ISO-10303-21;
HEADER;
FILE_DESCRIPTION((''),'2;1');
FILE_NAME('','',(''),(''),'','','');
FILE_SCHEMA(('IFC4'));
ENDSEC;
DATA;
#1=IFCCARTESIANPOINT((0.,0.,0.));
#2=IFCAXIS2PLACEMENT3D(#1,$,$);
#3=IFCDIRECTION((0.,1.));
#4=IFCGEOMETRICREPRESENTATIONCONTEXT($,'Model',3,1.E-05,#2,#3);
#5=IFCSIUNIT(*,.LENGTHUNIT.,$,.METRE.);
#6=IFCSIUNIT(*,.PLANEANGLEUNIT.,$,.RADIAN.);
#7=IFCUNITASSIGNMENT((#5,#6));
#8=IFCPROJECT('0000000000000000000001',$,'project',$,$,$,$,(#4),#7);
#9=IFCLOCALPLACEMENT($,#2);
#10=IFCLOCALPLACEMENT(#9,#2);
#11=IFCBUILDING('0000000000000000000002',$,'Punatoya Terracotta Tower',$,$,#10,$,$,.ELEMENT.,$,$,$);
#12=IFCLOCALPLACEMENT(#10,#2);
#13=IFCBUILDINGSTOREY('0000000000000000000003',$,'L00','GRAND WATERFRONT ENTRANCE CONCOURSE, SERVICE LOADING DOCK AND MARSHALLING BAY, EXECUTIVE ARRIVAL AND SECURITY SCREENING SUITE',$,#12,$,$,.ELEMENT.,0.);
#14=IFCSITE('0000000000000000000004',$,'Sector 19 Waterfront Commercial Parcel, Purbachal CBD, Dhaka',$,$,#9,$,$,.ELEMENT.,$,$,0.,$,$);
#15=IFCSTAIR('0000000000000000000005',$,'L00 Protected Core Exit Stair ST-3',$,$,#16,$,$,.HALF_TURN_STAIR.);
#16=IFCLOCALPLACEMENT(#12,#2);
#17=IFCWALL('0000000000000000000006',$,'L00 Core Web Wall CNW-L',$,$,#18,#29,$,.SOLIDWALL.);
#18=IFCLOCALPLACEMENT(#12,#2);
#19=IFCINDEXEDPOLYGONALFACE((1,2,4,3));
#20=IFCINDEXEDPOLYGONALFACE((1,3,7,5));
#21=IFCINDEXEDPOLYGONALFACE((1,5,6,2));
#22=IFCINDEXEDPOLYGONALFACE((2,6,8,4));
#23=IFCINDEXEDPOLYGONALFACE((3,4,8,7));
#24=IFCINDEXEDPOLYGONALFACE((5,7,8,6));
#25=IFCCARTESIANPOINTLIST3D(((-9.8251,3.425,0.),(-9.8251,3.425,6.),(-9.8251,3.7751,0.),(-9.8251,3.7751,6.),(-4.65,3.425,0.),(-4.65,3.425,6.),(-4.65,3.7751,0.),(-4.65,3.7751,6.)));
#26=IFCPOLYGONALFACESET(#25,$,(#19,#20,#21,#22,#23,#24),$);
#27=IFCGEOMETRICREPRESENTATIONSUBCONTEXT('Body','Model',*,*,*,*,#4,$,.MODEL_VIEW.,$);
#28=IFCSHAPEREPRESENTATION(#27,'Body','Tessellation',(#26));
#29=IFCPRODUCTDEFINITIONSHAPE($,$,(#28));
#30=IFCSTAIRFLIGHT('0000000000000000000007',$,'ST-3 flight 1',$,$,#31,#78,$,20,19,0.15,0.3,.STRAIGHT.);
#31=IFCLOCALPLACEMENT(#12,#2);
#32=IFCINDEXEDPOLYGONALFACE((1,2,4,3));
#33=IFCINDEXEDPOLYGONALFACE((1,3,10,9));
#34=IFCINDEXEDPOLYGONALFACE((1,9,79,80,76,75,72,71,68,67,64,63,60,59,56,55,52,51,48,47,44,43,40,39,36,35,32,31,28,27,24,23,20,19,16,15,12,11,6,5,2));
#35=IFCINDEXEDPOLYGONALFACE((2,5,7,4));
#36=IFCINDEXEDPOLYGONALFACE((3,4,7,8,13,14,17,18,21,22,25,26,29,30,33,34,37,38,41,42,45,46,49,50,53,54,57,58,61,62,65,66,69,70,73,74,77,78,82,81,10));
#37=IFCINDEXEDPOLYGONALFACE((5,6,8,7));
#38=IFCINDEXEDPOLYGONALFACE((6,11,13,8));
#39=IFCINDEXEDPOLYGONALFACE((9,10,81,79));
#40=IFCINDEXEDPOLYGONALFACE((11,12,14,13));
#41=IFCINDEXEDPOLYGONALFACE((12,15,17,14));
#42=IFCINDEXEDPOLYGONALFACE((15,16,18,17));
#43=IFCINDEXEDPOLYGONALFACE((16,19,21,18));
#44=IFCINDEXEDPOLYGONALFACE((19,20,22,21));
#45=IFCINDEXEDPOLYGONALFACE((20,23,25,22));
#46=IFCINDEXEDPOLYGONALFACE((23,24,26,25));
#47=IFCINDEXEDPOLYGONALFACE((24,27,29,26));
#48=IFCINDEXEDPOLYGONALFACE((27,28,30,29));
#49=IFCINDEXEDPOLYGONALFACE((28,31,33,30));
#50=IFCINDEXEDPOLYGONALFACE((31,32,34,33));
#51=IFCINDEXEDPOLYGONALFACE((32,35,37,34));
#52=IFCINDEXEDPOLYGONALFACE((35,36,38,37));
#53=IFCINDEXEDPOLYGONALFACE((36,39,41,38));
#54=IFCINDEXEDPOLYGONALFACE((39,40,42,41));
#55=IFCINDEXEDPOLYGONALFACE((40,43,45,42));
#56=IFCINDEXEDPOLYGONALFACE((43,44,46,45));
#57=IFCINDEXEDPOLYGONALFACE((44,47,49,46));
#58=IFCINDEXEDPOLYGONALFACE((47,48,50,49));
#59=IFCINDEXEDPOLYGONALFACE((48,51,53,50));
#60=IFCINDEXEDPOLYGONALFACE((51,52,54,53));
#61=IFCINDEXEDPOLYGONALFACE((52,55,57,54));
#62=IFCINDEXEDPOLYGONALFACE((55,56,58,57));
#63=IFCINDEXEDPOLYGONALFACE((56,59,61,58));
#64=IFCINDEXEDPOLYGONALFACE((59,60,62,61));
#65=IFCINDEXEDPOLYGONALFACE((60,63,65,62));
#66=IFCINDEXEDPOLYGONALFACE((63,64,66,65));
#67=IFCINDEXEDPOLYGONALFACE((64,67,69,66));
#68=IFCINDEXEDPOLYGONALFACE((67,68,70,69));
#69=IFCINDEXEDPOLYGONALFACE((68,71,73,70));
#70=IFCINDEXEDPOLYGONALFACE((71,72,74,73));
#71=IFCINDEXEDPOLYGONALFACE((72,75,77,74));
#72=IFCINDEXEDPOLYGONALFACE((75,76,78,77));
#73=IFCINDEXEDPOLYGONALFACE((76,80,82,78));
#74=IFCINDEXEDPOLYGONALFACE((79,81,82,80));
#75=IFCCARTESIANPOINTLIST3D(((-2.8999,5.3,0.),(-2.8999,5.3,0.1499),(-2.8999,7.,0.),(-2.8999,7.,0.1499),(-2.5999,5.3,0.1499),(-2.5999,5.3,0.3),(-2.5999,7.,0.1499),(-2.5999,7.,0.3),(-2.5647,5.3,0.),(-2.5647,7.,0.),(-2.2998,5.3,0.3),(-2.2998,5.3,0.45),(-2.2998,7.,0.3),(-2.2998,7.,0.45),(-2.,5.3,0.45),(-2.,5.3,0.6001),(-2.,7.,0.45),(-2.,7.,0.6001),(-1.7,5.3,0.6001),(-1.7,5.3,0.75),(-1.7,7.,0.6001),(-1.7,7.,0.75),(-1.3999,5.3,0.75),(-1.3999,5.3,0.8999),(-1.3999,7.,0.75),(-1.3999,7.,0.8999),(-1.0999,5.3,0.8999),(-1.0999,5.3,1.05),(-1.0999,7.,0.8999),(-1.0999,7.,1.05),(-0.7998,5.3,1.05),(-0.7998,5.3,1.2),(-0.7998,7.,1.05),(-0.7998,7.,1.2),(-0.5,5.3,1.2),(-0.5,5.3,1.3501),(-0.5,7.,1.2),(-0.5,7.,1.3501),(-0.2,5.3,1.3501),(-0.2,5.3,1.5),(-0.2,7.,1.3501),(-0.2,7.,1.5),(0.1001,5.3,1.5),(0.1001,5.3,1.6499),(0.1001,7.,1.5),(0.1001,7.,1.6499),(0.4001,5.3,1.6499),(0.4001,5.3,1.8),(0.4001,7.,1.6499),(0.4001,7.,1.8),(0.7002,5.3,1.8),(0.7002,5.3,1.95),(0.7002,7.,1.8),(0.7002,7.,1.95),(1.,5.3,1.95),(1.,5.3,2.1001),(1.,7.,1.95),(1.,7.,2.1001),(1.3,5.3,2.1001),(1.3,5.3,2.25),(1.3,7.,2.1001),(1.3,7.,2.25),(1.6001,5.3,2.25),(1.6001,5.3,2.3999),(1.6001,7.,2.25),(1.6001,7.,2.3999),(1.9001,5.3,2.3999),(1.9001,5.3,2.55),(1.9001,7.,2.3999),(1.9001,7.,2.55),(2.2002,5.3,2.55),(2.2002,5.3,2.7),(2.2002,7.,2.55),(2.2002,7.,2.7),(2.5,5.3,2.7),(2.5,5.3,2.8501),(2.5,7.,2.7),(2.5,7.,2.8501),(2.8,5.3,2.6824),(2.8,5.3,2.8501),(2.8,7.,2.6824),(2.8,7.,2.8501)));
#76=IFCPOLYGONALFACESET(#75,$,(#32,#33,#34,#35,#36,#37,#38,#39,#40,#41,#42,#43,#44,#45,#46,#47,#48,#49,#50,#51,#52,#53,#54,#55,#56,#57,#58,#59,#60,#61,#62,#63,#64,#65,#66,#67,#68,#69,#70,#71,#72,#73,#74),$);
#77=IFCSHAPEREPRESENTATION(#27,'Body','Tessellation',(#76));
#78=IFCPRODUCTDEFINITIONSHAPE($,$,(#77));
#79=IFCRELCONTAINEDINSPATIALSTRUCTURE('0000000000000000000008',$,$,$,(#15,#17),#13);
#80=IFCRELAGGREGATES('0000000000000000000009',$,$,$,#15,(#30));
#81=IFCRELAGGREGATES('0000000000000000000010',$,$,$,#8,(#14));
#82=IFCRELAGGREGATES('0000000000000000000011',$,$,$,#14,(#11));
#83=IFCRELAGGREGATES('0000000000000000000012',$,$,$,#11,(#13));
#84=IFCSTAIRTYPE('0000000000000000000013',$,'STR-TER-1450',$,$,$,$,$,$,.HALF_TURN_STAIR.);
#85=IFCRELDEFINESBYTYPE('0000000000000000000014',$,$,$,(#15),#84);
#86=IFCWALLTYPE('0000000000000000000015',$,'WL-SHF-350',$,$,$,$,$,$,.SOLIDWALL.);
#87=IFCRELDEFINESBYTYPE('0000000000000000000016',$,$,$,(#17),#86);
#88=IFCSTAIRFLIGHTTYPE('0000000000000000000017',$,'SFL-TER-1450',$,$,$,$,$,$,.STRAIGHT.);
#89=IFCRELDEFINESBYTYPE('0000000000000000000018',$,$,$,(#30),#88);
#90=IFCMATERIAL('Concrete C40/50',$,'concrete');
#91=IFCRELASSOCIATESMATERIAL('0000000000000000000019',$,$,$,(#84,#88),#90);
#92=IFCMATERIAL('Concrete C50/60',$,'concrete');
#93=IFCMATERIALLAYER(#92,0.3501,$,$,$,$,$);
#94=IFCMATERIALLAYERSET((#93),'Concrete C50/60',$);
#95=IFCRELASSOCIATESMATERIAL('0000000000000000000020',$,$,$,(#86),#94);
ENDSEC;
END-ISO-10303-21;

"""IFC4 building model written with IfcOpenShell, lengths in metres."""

from ifc_helpers import new_model, si_unit, direction, frame, frame_2d, origin, place, context, subcontext, project, spatial, polyline, rectangle, outline, extrude, material, layer, layer_set, type_object, element, aggregate, save


model = new_model("IFC4")

# Units and contexts
model_context = context("Model", 3, precision=1e-05, world=origin(), true_north=direction((0.0, 1.0)))
body_context = subcontext(model_context, "Body", "Model", "MODEL_VIEW")
ifc_project = project(units=[si_unit("LENGTHUNIT", "METRE"), si_unit("PLANEANGLEUNIT", "RADIAN")], contexts=[model_context])

# Site, building, storey
site_placement = place(None, origin())
site = spatial("IfcSite", under=ifc_project, at=site_placement, Name="Sector 19 Waterfront Commercial Parcel, Purbachal CBD, Dhaka", CompositionType="ELEMENT", RefElevation=0.0)
building_placement = place(site_placement, origin())
building = spatial("IfcBuilding", under=site, at=building_placement, Name="Punatoya Terracotta Tower", CompositionType="ELEMENT")
storey_placement = place(building_placement, origin())
storey = spatial("IfcBuildingStorey", under=building, at=storey_placement, Name="L00", Description="GRAND WATERFRONT ENTRANCE CONCOURSE, SERVICE LOADING DOCK AND MARSHALLING BAY, EXECUTIVE ARRIVAL AND SECURITY SCREENING SUITE", CompositionType="ELEMENT", Elevation=0.0)

# Shared definitions
ifc_material_1 = material(Name="Concrete C50/60", Category="concrete")

# Stair
ifc_material_2 = material(Name="Concrete C40/50", Category="concrete")
stair_type_1 = type_object("IfcStairType", Name="STR-TER-1450", PredefinedType="HALF_TURN_STAIR", material=ifc_material_2)
stair_1_placement = place(storey_placement, origin())
stair_1 = element("IfcStair", 1, at=stair_1_placement, inside=storey, type_object=stair_type_1, Name="L00 Protected Core Exit Stair ST-3", PredefinedType="HALF_TURN_STAIR")

# Wall
ifc_layer_1 = layer(ifc_material_1, 0.3501)
ifc_layer_set_1 = layer_set([ifc_layer_1], Name="Concrete C50/60")
wall_type_1 = type_object("IfcWallType", Name="WL-SHF-350", PredefinedType="SOLIDWALL", material=ifc_layer_set_1)
wall_1_placement = place(storey_placement, frame((-9.825, 3.6001, 0.0), z_axis=(0.0, 0.0, 1.0), x_axis=(1.0, 0.0, 0.0)))
element("IfcWall", 2, at=wall_1_placement, inside=storey, type_object=wall_type_1, Name="L00 Core Web Wall CNW-L", PredefinedType="SOLIDWALL", context=body_context, shape_type="SweptSolid", body=[
    extrude(rectangle(XDim=5.175, YDim=0.3501, at=frame_2d((2.5874, 0.0))), origin(), (0.0, 0.0, 1.0), 6.0),
])

# Stair flight
stair_flight_type = type_object("IfcStairFlightType", Name="SFL-TER-1450", PredefinedType="STRAIGHT", material=ifc_material_2)
stair_flight_placement = place(storey_placement, frame((-2.8999, 6.1499, 0.0), z_axis=(0.0, 0.0, 1.0), x_axis=(1.0, 0.0, 0.0)))
stair_flight = element("IfcStairFlight", 3, at=stair_flight_placement, type_object=stair_flight_type, Name="ST-3 flight 1", NumberOfRisers=20, NumberOfTreads=19, PredefinedType="STRAIGHT", RiserHeight=0.15, TreadLength=0.3, context=body_context, shape_type="SweptSolid", body=[
    extrude(outline(polyline([(0.0, 0.0), (0.0, 0.1499), (0.3, 0.1499), (0.3, 0.3), (0.6001, 0.3), (0.6001, 0.45), (0.8999, 0.45), (0.8999, 0.6001), (1.2, 0.6001), (1.2, 0.75), (1.5, 0.75), (1.5, 0.8999), (1.8, 0.8999), (1.8, 1.05), (2.1001, 1.05), (2.1001, 1.2), (2.3999, 1.2), (2.3999, 1.3501), (2.7, 1.3501), (2.7, 1.5), (3.0, 1.5), (3.0, 1.6499), (3.3, 1.6499), (3.3, 1.8), (3.6001, 1.8), (3.6001, 1.95), (3.8999, 1.95), (3.8999, 2.1001), (4.2, 2.1001), (4.2, 2.25), (4.5, 2.25), (4.5, 2.3999), (4.8, 2.3999), (4.8, 2.55), (5.1001, 2.55), (5.1001, 2.7), (5.3999, 2.7), (5.3999, 2.8501), (5.7, 2.8501), (5.7, 3.0), (5.7, 2.6824), (0.3352, 0.0), (0.0, 0.0)])), frame((0.0, 0.8501, 0.0), z_axis=(0.0, -1.0, 0.0), x_axis=(1.0, 0.0, 0.0)), (0.0, 0.0, 1.0), 1.7),
])
aggregate(stair_1, [stair_flight])

save(model, "model.ifc")
